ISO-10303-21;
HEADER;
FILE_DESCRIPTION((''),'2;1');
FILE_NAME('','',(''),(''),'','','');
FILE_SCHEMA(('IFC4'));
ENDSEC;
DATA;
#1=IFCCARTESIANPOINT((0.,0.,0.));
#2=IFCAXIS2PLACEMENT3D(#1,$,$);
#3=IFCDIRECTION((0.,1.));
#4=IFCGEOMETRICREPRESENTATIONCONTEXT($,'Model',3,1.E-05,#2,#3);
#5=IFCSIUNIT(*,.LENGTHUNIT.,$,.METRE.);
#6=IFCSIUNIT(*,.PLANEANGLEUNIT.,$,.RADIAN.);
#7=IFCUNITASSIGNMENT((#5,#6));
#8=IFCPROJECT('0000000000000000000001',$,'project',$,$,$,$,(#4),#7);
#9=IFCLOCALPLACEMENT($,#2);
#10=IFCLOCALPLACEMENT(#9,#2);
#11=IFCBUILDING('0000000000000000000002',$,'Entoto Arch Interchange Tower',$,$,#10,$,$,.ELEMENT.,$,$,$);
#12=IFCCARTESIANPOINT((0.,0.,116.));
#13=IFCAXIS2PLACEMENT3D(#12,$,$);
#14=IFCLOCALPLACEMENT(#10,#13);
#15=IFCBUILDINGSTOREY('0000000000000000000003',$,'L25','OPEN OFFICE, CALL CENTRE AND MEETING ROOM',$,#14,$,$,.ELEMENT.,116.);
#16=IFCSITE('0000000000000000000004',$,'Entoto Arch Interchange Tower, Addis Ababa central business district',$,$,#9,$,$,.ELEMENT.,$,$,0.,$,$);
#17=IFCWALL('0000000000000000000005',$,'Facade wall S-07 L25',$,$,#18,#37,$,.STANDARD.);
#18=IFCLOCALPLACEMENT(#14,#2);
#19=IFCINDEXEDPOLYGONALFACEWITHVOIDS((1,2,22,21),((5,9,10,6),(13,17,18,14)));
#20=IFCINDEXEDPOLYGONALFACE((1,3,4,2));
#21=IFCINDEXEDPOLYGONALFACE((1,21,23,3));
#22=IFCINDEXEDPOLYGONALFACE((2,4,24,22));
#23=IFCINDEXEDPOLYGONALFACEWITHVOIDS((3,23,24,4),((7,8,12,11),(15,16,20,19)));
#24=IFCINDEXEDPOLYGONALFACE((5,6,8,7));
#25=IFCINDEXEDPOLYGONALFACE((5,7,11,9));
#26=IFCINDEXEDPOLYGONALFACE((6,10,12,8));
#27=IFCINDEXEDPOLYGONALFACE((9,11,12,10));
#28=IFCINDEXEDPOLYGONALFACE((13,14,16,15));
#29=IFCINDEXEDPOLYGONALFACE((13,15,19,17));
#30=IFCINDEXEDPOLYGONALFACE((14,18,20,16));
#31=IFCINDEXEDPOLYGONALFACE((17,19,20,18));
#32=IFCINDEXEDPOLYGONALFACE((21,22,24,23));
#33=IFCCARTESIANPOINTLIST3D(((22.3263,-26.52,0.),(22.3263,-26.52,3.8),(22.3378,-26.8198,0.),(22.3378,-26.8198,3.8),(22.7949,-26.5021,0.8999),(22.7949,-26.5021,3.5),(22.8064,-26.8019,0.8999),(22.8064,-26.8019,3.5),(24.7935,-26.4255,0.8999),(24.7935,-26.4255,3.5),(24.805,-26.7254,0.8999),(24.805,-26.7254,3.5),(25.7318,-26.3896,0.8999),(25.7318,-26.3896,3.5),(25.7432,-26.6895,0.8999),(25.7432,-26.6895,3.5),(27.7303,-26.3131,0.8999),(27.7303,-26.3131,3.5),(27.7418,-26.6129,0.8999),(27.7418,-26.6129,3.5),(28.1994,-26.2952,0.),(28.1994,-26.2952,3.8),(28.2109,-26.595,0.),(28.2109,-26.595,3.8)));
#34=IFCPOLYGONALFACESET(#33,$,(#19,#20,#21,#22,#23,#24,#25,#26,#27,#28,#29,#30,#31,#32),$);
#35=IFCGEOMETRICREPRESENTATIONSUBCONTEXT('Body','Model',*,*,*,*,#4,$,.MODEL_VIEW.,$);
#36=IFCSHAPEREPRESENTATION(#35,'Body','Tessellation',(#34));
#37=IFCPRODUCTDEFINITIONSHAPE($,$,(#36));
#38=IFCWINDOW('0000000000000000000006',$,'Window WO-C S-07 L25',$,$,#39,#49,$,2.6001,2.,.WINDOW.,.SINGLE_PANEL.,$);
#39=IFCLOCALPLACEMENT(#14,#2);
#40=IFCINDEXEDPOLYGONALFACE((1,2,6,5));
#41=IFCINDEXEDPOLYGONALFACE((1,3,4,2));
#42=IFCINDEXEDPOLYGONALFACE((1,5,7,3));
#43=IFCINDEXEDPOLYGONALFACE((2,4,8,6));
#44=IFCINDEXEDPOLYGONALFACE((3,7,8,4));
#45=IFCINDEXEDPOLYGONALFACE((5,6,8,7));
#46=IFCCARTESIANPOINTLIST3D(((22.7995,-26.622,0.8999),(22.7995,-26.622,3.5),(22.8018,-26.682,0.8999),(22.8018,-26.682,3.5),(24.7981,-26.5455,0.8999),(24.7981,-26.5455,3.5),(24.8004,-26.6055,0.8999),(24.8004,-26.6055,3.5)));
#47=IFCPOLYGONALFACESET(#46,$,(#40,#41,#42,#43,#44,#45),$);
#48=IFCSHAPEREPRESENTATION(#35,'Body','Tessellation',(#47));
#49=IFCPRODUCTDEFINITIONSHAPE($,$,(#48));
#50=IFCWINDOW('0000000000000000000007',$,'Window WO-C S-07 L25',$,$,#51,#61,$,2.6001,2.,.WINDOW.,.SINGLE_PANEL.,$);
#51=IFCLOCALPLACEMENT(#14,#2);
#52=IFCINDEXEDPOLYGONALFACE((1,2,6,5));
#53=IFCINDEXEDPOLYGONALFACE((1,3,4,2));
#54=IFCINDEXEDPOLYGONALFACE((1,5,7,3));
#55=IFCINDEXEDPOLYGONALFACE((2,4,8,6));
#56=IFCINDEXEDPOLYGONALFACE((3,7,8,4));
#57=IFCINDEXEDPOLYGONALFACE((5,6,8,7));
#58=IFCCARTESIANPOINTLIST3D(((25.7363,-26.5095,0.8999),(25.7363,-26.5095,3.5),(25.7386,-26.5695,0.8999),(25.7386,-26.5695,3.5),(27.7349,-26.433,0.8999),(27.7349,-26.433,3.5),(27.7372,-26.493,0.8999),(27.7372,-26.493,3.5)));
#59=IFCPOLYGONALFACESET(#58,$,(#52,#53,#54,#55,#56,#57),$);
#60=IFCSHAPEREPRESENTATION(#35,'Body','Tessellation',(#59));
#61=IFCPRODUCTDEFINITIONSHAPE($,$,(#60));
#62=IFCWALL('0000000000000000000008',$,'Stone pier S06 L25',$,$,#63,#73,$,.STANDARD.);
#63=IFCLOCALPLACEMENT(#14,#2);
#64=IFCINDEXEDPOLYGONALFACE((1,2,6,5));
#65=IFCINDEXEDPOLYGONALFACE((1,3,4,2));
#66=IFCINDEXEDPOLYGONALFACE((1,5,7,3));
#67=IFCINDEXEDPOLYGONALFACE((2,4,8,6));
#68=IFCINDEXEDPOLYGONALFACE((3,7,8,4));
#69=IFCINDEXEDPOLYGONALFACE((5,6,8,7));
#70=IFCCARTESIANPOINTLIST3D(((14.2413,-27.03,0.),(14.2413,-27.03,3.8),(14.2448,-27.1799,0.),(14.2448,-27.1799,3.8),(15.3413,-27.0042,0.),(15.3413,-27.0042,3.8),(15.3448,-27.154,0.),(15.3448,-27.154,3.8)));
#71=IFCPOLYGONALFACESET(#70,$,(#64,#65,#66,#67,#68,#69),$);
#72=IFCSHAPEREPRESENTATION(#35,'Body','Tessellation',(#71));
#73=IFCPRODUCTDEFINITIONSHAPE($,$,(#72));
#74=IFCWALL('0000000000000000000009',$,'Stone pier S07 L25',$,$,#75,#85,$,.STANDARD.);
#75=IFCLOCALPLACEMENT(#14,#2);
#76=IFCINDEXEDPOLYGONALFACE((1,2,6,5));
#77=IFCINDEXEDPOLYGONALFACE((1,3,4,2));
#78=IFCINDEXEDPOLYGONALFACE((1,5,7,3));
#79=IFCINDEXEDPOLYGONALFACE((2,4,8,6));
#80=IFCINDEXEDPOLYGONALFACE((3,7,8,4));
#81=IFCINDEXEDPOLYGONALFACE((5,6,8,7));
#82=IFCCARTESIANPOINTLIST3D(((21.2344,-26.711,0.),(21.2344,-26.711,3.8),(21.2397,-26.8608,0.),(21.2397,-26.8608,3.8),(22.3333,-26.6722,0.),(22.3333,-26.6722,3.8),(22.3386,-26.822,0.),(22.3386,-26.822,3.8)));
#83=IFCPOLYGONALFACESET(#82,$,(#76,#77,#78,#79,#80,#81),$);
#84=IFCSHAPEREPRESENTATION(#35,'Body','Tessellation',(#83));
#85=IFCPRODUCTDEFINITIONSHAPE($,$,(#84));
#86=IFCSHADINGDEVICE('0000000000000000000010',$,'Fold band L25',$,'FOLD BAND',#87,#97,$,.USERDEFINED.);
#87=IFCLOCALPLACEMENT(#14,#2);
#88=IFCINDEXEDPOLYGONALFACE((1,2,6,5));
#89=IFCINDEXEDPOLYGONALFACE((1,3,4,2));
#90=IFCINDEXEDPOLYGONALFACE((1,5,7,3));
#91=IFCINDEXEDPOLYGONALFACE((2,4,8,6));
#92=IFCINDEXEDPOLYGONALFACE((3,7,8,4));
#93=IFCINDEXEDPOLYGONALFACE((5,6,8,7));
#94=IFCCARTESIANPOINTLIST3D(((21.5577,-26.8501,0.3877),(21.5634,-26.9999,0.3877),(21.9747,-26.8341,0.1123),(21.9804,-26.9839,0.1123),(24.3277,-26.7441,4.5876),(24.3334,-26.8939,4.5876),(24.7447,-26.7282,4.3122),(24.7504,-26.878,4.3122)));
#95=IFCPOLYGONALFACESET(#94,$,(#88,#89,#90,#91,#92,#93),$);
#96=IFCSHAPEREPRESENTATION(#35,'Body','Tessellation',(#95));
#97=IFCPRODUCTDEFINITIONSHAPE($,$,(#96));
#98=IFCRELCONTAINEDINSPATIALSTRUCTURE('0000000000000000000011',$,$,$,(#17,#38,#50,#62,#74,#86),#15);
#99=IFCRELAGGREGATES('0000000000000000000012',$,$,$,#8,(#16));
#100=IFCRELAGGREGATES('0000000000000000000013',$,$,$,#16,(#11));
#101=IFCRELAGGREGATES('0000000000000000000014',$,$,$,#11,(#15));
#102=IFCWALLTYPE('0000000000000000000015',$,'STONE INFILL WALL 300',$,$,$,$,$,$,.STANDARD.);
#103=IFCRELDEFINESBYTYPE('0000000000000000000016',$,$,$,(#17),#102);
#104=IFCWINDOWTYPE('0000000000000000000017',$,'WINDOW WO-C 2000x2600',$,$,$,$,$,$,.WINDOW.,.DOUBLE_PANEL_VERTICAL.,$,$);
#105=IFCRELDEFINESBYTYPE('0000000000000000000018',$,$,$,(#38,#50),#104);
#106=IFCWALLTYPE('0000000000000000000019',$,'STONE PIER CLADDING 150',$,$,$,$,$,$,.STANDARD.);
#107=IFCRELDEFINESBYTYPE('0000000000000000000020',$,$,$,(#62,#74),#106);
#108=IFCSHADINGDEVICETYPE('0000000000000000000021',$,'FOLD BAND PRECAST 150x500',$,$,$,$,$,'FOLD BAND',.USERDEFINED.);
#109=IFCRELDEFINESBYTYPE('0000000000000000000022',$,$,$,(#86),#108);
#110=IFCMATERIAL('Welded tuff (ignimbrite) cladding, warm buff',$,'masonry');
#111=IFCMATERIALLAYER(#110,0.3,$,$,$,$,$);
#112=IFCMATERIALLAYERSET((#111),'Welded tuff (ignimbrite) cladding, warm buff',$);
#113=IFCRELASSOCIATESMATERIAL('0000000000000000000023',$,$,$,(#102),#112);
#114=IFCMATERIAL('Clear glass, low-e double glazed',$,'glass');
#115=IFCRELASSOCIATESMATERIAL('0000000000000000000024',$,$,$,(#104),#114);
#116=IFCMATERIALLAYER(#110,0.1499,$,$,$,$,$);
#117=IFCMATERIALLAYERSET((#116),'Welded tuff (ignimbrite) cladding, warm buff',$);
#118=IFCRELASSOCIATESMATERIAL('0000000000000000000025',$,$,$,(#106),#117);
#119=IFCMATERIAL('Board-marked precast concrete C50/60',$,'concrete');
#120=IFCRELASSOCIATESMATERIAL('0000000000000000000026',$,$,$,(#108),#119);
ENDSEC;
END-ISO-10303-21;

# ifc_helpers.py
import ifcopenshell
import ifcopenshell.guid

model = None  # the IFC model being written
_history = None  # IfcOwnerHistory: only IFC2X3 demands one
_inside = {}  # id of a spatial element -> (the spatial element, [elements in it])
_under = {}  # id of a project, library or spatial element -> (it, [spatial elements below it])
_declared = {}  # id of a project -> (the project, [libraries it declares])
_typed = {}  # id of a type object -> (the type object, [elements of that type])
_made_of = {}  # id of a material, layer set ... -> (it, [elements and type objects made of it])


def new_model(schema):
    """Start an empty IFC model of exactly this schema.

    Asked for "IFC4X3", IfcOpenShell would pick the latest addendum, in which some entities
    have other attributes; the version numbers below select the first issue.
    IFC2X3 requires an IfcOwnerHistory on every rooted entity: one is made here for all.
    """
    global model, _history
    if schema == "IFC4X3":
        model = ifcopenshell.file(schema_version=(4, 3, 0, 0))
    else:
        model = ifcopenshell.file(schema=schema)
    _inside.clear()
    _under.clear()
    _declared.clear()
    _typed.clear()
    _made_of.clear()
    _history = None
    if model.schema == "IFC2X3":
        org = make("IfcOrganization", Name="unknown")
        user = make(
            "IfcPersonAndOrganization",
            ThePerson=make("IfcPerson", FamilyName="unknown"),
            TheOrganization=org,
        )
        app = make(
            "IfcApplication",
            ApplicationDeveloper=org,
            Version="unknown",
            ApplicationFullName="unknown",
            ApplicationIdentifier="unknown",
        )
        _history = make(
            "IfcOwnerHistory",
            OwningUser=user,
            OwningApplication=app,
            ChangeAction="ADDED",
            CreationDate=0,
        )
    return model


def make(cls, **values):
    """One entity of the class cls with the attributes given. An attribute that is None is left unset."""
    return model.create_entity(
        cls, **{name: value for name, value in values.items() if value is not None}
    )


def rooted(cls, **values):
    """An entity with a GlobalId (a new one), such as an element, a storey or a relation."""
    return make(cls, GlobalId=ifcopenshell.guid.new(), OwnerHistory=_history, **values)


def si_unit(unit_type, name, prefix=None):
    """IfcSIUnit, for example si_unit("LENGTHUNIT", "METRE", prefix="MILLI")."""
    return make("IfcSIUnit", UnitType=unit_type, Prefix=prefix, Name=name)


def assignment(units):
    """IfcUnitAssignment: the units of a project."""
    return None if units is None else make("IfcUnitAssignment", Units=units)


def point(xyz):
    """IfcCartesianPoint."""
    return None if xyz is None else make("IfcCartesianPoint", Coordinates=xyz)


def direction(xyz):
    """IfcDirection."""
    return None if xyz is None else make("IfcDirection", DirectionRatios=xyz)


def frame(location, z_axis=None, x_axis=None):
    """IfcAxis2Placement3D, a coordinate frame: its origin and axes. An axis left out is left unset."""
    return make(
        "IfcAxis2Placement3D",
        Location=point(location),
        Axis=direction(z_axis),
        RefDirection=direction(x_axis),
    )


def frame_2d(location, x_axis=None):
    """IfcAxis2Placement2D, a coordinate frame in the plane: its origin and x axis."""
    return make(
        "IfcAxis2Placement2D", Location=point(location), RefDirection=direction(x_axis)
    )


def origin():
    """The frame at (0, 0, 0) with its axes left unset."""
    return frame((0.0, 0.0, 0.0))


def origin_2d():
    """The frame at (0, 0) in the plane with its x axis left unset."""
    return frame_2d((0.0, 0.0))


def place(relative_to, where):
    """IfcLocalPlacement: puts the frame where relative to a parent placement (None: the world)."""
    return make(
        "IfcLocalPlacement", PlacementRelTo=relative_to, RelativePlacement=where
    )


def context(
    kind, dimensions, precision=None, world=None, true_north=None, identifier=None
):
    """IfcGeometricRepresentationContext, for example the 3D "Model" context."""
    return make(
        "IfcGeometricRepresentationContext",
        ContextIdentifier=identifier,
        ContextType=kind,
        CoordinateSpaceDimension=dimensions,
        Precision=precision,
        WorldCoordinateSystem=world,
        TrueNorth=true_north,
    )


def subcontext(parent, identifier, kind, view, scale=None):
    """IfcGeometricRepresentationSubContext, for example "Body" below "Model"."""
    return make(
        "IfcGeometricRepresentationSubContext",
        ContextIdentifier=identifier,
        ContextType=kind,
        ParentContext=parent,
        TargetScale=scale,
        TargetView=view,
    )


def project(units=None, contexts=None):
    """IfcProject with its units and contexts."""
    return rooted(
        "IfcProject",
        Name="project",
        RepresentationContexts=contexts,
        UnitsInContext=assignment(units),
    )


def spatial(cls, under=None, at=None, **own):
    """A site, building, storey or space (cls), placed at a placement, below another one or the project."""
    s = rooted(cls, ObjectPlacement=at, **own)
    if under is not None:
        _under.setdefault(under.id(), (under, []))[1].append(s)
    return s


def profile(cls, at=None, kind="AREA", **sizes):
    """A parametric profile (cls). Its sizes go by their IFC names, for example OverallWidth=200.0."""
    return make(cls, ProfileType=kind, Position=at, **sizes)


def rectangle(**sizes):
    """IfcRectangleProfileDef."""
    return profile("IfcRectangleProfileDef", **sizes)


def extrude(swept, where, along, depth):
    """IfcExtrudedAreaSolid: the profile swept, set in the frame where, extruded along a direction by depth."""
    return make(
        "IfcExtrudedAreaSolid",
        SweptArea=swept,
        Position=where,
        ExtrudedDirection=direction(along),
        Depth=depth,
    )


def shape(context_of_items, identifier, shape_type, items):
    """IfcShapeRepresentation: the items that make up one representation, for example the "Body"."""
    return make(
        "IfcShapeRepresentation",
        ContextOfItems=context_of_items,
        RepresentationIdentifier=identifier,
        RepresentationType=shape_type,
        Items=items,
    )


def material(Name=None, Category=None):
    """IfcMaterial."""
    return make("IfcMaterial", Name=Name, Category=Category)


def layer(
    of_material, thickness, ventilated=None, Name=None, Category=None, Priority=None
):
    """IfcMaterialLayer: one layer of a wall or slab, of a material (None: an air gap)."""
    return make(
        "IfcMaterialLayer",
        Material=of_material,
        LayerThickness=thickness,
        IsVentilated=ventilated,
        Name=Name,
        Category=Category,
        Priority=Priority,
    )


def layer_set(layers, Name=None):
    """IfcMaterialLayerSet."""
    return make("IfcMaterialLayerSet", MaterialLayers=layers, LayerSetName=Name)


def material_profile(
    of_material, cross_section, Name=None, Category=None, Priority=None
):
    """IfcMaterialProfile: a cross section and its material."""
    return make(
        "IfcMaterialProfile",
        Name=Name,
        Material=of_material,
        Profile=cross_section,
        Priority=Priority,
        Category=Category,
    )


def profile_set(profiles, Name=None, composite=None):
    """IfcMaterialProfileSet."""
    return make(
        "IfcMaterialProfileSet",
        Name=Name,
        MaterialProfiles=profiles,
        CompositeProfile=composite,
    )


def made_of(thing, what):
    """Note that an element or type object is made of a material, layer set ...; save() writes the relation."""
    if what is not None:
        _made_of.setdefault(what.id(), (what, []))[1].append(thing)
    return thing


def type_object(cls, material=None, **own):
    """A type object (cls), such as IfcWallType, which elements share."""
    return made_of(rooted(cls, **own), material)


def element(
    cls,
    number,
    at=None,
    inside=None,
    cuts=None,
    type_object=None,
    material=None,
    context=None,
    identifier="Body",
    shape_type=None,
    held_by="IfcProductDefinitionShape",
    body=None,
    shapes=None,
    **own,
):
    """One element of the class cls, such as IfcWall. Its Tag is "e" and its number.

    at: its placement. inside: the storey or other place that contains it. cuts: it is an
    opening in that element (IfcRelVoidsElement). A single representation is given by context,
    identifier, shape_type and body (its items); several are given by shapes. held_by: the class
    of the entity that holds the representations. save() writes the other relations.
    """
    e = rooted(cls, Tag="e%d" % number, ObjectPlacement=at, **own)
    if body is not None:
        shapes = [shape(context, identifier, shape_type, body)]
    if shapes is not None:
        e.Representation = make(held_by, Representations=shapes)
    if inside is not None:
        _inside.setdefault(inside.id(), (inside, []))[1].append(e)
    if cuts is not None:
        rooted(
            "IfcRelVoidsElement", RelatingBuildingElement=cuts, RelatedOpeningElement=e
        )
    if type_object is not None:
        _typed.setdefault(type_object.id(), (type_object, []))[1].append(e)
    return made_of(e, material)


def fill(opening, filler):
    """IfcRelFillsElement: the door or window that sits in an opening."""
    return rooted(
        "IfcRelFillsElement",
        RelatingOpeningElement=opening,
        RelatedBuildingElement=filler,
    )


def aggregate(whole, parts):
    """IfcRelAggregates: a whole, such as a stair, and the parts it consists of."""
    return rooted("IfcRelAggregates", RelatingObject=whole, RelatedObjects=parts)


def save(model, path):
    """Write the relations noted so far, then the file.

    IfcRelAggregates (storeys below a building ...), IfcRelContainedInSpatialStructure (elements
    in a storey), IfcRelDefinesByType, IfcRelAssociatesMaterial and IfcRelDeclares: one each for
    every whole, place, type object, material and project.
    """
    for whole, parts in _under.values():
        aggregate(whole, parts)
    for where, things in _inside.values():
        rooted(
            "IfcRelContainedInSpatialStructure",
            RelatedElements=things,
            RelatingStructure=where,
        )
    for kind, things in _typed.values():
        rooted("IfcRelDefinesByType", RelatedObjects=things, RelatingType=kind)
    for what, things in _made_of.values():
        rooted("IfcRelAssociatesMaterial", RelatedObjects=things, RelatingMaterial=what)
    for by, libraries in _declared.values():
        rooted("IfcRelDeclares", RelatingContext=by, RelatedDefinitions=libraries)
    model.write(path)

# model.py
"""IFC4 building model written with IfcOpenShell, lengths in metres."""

from ifc_helpers import new_model, si_unit, direction, frame, frame_2d, origin, origin_2d, place, context, subcontext, project, spatial, rectangle, extrude, material, layer, layer_set, material_profile, profile_set, type_object, element, fill, save


model = new_model("IFC4")

# Units and contexts
model_context = context("Model", 3, precision=1e-05, world=origin(), true_north=direction((0.0, 1.0)))
body_context = subcontext(model_context, "Body", "Model", "MODEL_VIEW")
ifc_project = project(units=[si_unit("LENGTHUNIT", "METRE"), si_unit("PLANEANGLEUNIT", "RADIAN")], contexts=[model_context])

# Site, building, storey
site_placement = place(None, origin())
site = spatial("IfcSite", under=ifc_project, at=site_placement, Name="Entoto Arch Interchange Tower, Addis Ababa central business district", CompositionType="ELEMENT", RefElevation=0.0)
building_placement = place(site_placement, origin())
building = spatial("IfcBuilding", under=site, at=building_placement, Name="Entoto Arch Interchange Tower", CompositionType="ELEMENT")
storey_placement = place(building_placement, frame((0.0, 0.0, 116.0)))
storey = spatial("IfcBuildingStorey", under=building, at=storey_placement, Name="L25", Description="OPEN OFFICE, CALL CENTRE AND MEETING ROOM", CompositionType="ELEMENT", Elevation=116.0)

# Wall, openings, windows
ifc_material_1 = material(Name="Welded tuff (ignimbrite) cladding, warm buff", Category="masonry")
ifc_layer_1 = layer(ifc_material_1, 0.3)
ifc_layer_set_1 = layer_set([ifc_layer_1], Name="Welded tuff (ignimbrite) cladding, warm buff")
wall_type_1 = type_object("IfcWallType", Name="STONE INFILL WALL 300", PredefinedType="STANDARD", material=ifc_layer_set_1)
ifc_material_2 = material(Name="Clear glass, low-e double glazed", Category="glass")
window_type = type_object("IfcWindowType", Name="WINDOW WO-C 2000x2600", PartitioningType="DOUBLE_PANEL_VERTICAL", PredefinedType="WINDOW", material=ifc_material_2)
wall_1_placement = place(storey_placement, frame((22.332, -26.6699, 0.0), z_axis=(0.0, 0.0, 1.0), x_axis=(0.999268, 0.038258, 0.0)))
wall_1 = element("IfcWall", 1, at=wall_1_placement, inside=storey, type_object=wall_type_1, Name="Facade wall S-07 L25", PredefinedType="STANDARD", context=body_context, shape_type="SweptSolid", body=[
    extrude(rectangle(XDim=5.8774, YDim=0.3, at=frame_2d((2.9387, 0.0))), origin(), (0.0, 0.0, 1.0), 3.8),
])
opening_1_placement = place(wall_1_placement, frame((0.469, 0.0, 0.8999)))
opening_1 = element("IfcOpeningElement", 2, at=opening_1_placement, cuts=wall_1, PredefinedType="OPENING", context=body_context, shape_type="SweptSolid", body=[
    extrude(rectangle(XDim=2.0, YDim=2.6001, at=frame_2d((1.0, 1.3))), frame((0.0, 0.1602, 0.0), z_axis=(0.0, -1.0, 0.0), x_axis=(1.0, 0.0, 0.0)), (0.0, 0.0, 1.0), 0.3201),
])
opening_2_placement = place(wall_1_placement, frame((3.408, 0.0, 0.8999)))
opening_2 = element("IfcOpeningElement", 3, at=opening_2_placement, cuts=wall_1, PredefinedType="OPENING", context=body_context, shape_type="SweptSolid", body=[
    extrude(rectangle(XDim=2.0, YDim=2.6001, at=frame_2d((1.0, 1.3))), frame((0.0, 0.1602, 0.0), z_axis=(0.0, -1.0, 0.0), x_axis=(1.0, 0.0, 0.0)), (0.0, 0.0, 1.0), 0.3201),
])
window_1_placement = place(opening_1_placement, origin())
window_1 = element("IfcWindow", 4, at=window_1_placement, inside=storey, type_object=window_type, Name="Window WO-C S-07 L25", OverallHeight=2.6001, OverallWidth=2.0, PartitioningType="SINGLE_PANEL", PredefinedType="WINDOW", context=body_context, shape_type="SweptSolid", body=[
    extrude(rectangle(XDim=2.0, YDim=2.6001, at=frame_2d((1.0, 1.3))), frame((0.0, 0.03, 0.0), z_axis=(0.0, -1.0, 0.0), x_axis=(1.0, 0.0, 0.0)), (0.0, 0.0, 1.0), 0.0601),
])
fill(opening_1, window_1)
window_2_placement = place(opening_2_placement, origin())
window_2 = element("IfcWindow", 5, at=window_2_placement, inside=storey, type_object=window_type, Name="Window WO-C S-07 L25", OverallHeight=2.6001, OverallWidth=2.0, PartitioningType="SINGLE_PANEL", PredefinedType="WINDOW", context=body_context, shape_type="SweptSolid", body=[
    extrude(rectangle(XDim=2.0, YDim=2.6001, at=frame_2d((1.0, 1.3))), frame((0.0, 0.03, 0.0), z_axis=(0.0, -1.0, 0.0), x_axis=(1.0, 0.0, 0.0)), (0.0, 0.0, 1.0), 0.0601),
])
fill(opening_2, window_2)

# Walls
ifc_layer_2 = layer(ifc_material_1, 0.1499)
ifc_layer_set_2 = layer_set([ifc_layer_2], Name="Welded tuff (ignimbrite) cladding, warm buff")
wall_type_2 = type_object("IfcWallType", Name="STONE PIER CLADDING 150", PredefinedType="STANDARD", material=ifc_layer_set_2)
wall_2_placement = place(storey_placement, frame((14.2429, -27.105, 0.0), z_axis=(0.0, 0.0, 1.0), x_axis=(0.999723, 0.023518, 0.0)))
element("IfcWall", 6, at=wall_2_placement, inside=storey, type_object=wall_type_2, Name="Stone pier S06 L25", PredefinedType="STANDARD", context=body_context, shape_type="SweptSolid", body=[
    extrude(rectangle(XDim=1.1003, YDim=0.1499, at=frame_2d((0.5503, 0.0))), origin(), (0.0, 0.0, 1.0), 3.8),
])
wall_3_placement = place(storey_placement, frame((21.2371, -26.7859, 0.0), z_axis=(0.0, 0.0, 1.0), x_axis=(0.999377, 0.035303, 0.0)))
element("IfcWall", 7, at=wall_3_placement, inside=storey, type_object=wall_type_2, Name="Stone pier S07 L25", PredefinedType="STANDARD", context=body_context, shape_type="SweptSolid", body=[
    extrude(rectangle(XDim=1.0996, YDim=0.1499, at=frame_2d((0.5498, 0.0))), origin(), (0.0, 0.0, 1.0), 3.8),
])

# Shading device
ifc_material_3 = material(Name="Board-marked precast concrete C50/60", Category="concrete")
ifc_material_profile_1 = material_profile(ifc_material_3, rectangle(XDim=0.1499, YDim=0.5, at=origin_2d()))
ifc_profile_set_1 = profile_set([ifc_material_profile_1], Name="Board-marked precast concrete C50/60")
shading_device_type = type_object("IfcShadingDeviceType", Name="FOLD BAND PRECAST 150x500", ElementType="FOLD BAND", PredefinedType="USERDEFINED", material=ifc_profile_set_1)
shading_device_placement = place(storey_placement, frame((21.769, -26.917, 0.25), z_axis=(0.55045, 0.021055, 0.834602), x_axis=(-0.038223, 0.999269, 0.0)))
element("IfcShadingDevice", 8, at=shading_device_placement, inside=storey, type_object=shading_device_type, Name="Fold band L25", ObjectType="FOLD BAND", PredefinedType="USERDEFINED", context=body_context, shape_type="SweptSolid", body=[
    extrude(rectangle(XDim=0.1499, YDim=0.5, at=origin_2d()), origin(), (0.0, 0.0, 1.0), 5.0322),
])

save(model, "model.ifc")
